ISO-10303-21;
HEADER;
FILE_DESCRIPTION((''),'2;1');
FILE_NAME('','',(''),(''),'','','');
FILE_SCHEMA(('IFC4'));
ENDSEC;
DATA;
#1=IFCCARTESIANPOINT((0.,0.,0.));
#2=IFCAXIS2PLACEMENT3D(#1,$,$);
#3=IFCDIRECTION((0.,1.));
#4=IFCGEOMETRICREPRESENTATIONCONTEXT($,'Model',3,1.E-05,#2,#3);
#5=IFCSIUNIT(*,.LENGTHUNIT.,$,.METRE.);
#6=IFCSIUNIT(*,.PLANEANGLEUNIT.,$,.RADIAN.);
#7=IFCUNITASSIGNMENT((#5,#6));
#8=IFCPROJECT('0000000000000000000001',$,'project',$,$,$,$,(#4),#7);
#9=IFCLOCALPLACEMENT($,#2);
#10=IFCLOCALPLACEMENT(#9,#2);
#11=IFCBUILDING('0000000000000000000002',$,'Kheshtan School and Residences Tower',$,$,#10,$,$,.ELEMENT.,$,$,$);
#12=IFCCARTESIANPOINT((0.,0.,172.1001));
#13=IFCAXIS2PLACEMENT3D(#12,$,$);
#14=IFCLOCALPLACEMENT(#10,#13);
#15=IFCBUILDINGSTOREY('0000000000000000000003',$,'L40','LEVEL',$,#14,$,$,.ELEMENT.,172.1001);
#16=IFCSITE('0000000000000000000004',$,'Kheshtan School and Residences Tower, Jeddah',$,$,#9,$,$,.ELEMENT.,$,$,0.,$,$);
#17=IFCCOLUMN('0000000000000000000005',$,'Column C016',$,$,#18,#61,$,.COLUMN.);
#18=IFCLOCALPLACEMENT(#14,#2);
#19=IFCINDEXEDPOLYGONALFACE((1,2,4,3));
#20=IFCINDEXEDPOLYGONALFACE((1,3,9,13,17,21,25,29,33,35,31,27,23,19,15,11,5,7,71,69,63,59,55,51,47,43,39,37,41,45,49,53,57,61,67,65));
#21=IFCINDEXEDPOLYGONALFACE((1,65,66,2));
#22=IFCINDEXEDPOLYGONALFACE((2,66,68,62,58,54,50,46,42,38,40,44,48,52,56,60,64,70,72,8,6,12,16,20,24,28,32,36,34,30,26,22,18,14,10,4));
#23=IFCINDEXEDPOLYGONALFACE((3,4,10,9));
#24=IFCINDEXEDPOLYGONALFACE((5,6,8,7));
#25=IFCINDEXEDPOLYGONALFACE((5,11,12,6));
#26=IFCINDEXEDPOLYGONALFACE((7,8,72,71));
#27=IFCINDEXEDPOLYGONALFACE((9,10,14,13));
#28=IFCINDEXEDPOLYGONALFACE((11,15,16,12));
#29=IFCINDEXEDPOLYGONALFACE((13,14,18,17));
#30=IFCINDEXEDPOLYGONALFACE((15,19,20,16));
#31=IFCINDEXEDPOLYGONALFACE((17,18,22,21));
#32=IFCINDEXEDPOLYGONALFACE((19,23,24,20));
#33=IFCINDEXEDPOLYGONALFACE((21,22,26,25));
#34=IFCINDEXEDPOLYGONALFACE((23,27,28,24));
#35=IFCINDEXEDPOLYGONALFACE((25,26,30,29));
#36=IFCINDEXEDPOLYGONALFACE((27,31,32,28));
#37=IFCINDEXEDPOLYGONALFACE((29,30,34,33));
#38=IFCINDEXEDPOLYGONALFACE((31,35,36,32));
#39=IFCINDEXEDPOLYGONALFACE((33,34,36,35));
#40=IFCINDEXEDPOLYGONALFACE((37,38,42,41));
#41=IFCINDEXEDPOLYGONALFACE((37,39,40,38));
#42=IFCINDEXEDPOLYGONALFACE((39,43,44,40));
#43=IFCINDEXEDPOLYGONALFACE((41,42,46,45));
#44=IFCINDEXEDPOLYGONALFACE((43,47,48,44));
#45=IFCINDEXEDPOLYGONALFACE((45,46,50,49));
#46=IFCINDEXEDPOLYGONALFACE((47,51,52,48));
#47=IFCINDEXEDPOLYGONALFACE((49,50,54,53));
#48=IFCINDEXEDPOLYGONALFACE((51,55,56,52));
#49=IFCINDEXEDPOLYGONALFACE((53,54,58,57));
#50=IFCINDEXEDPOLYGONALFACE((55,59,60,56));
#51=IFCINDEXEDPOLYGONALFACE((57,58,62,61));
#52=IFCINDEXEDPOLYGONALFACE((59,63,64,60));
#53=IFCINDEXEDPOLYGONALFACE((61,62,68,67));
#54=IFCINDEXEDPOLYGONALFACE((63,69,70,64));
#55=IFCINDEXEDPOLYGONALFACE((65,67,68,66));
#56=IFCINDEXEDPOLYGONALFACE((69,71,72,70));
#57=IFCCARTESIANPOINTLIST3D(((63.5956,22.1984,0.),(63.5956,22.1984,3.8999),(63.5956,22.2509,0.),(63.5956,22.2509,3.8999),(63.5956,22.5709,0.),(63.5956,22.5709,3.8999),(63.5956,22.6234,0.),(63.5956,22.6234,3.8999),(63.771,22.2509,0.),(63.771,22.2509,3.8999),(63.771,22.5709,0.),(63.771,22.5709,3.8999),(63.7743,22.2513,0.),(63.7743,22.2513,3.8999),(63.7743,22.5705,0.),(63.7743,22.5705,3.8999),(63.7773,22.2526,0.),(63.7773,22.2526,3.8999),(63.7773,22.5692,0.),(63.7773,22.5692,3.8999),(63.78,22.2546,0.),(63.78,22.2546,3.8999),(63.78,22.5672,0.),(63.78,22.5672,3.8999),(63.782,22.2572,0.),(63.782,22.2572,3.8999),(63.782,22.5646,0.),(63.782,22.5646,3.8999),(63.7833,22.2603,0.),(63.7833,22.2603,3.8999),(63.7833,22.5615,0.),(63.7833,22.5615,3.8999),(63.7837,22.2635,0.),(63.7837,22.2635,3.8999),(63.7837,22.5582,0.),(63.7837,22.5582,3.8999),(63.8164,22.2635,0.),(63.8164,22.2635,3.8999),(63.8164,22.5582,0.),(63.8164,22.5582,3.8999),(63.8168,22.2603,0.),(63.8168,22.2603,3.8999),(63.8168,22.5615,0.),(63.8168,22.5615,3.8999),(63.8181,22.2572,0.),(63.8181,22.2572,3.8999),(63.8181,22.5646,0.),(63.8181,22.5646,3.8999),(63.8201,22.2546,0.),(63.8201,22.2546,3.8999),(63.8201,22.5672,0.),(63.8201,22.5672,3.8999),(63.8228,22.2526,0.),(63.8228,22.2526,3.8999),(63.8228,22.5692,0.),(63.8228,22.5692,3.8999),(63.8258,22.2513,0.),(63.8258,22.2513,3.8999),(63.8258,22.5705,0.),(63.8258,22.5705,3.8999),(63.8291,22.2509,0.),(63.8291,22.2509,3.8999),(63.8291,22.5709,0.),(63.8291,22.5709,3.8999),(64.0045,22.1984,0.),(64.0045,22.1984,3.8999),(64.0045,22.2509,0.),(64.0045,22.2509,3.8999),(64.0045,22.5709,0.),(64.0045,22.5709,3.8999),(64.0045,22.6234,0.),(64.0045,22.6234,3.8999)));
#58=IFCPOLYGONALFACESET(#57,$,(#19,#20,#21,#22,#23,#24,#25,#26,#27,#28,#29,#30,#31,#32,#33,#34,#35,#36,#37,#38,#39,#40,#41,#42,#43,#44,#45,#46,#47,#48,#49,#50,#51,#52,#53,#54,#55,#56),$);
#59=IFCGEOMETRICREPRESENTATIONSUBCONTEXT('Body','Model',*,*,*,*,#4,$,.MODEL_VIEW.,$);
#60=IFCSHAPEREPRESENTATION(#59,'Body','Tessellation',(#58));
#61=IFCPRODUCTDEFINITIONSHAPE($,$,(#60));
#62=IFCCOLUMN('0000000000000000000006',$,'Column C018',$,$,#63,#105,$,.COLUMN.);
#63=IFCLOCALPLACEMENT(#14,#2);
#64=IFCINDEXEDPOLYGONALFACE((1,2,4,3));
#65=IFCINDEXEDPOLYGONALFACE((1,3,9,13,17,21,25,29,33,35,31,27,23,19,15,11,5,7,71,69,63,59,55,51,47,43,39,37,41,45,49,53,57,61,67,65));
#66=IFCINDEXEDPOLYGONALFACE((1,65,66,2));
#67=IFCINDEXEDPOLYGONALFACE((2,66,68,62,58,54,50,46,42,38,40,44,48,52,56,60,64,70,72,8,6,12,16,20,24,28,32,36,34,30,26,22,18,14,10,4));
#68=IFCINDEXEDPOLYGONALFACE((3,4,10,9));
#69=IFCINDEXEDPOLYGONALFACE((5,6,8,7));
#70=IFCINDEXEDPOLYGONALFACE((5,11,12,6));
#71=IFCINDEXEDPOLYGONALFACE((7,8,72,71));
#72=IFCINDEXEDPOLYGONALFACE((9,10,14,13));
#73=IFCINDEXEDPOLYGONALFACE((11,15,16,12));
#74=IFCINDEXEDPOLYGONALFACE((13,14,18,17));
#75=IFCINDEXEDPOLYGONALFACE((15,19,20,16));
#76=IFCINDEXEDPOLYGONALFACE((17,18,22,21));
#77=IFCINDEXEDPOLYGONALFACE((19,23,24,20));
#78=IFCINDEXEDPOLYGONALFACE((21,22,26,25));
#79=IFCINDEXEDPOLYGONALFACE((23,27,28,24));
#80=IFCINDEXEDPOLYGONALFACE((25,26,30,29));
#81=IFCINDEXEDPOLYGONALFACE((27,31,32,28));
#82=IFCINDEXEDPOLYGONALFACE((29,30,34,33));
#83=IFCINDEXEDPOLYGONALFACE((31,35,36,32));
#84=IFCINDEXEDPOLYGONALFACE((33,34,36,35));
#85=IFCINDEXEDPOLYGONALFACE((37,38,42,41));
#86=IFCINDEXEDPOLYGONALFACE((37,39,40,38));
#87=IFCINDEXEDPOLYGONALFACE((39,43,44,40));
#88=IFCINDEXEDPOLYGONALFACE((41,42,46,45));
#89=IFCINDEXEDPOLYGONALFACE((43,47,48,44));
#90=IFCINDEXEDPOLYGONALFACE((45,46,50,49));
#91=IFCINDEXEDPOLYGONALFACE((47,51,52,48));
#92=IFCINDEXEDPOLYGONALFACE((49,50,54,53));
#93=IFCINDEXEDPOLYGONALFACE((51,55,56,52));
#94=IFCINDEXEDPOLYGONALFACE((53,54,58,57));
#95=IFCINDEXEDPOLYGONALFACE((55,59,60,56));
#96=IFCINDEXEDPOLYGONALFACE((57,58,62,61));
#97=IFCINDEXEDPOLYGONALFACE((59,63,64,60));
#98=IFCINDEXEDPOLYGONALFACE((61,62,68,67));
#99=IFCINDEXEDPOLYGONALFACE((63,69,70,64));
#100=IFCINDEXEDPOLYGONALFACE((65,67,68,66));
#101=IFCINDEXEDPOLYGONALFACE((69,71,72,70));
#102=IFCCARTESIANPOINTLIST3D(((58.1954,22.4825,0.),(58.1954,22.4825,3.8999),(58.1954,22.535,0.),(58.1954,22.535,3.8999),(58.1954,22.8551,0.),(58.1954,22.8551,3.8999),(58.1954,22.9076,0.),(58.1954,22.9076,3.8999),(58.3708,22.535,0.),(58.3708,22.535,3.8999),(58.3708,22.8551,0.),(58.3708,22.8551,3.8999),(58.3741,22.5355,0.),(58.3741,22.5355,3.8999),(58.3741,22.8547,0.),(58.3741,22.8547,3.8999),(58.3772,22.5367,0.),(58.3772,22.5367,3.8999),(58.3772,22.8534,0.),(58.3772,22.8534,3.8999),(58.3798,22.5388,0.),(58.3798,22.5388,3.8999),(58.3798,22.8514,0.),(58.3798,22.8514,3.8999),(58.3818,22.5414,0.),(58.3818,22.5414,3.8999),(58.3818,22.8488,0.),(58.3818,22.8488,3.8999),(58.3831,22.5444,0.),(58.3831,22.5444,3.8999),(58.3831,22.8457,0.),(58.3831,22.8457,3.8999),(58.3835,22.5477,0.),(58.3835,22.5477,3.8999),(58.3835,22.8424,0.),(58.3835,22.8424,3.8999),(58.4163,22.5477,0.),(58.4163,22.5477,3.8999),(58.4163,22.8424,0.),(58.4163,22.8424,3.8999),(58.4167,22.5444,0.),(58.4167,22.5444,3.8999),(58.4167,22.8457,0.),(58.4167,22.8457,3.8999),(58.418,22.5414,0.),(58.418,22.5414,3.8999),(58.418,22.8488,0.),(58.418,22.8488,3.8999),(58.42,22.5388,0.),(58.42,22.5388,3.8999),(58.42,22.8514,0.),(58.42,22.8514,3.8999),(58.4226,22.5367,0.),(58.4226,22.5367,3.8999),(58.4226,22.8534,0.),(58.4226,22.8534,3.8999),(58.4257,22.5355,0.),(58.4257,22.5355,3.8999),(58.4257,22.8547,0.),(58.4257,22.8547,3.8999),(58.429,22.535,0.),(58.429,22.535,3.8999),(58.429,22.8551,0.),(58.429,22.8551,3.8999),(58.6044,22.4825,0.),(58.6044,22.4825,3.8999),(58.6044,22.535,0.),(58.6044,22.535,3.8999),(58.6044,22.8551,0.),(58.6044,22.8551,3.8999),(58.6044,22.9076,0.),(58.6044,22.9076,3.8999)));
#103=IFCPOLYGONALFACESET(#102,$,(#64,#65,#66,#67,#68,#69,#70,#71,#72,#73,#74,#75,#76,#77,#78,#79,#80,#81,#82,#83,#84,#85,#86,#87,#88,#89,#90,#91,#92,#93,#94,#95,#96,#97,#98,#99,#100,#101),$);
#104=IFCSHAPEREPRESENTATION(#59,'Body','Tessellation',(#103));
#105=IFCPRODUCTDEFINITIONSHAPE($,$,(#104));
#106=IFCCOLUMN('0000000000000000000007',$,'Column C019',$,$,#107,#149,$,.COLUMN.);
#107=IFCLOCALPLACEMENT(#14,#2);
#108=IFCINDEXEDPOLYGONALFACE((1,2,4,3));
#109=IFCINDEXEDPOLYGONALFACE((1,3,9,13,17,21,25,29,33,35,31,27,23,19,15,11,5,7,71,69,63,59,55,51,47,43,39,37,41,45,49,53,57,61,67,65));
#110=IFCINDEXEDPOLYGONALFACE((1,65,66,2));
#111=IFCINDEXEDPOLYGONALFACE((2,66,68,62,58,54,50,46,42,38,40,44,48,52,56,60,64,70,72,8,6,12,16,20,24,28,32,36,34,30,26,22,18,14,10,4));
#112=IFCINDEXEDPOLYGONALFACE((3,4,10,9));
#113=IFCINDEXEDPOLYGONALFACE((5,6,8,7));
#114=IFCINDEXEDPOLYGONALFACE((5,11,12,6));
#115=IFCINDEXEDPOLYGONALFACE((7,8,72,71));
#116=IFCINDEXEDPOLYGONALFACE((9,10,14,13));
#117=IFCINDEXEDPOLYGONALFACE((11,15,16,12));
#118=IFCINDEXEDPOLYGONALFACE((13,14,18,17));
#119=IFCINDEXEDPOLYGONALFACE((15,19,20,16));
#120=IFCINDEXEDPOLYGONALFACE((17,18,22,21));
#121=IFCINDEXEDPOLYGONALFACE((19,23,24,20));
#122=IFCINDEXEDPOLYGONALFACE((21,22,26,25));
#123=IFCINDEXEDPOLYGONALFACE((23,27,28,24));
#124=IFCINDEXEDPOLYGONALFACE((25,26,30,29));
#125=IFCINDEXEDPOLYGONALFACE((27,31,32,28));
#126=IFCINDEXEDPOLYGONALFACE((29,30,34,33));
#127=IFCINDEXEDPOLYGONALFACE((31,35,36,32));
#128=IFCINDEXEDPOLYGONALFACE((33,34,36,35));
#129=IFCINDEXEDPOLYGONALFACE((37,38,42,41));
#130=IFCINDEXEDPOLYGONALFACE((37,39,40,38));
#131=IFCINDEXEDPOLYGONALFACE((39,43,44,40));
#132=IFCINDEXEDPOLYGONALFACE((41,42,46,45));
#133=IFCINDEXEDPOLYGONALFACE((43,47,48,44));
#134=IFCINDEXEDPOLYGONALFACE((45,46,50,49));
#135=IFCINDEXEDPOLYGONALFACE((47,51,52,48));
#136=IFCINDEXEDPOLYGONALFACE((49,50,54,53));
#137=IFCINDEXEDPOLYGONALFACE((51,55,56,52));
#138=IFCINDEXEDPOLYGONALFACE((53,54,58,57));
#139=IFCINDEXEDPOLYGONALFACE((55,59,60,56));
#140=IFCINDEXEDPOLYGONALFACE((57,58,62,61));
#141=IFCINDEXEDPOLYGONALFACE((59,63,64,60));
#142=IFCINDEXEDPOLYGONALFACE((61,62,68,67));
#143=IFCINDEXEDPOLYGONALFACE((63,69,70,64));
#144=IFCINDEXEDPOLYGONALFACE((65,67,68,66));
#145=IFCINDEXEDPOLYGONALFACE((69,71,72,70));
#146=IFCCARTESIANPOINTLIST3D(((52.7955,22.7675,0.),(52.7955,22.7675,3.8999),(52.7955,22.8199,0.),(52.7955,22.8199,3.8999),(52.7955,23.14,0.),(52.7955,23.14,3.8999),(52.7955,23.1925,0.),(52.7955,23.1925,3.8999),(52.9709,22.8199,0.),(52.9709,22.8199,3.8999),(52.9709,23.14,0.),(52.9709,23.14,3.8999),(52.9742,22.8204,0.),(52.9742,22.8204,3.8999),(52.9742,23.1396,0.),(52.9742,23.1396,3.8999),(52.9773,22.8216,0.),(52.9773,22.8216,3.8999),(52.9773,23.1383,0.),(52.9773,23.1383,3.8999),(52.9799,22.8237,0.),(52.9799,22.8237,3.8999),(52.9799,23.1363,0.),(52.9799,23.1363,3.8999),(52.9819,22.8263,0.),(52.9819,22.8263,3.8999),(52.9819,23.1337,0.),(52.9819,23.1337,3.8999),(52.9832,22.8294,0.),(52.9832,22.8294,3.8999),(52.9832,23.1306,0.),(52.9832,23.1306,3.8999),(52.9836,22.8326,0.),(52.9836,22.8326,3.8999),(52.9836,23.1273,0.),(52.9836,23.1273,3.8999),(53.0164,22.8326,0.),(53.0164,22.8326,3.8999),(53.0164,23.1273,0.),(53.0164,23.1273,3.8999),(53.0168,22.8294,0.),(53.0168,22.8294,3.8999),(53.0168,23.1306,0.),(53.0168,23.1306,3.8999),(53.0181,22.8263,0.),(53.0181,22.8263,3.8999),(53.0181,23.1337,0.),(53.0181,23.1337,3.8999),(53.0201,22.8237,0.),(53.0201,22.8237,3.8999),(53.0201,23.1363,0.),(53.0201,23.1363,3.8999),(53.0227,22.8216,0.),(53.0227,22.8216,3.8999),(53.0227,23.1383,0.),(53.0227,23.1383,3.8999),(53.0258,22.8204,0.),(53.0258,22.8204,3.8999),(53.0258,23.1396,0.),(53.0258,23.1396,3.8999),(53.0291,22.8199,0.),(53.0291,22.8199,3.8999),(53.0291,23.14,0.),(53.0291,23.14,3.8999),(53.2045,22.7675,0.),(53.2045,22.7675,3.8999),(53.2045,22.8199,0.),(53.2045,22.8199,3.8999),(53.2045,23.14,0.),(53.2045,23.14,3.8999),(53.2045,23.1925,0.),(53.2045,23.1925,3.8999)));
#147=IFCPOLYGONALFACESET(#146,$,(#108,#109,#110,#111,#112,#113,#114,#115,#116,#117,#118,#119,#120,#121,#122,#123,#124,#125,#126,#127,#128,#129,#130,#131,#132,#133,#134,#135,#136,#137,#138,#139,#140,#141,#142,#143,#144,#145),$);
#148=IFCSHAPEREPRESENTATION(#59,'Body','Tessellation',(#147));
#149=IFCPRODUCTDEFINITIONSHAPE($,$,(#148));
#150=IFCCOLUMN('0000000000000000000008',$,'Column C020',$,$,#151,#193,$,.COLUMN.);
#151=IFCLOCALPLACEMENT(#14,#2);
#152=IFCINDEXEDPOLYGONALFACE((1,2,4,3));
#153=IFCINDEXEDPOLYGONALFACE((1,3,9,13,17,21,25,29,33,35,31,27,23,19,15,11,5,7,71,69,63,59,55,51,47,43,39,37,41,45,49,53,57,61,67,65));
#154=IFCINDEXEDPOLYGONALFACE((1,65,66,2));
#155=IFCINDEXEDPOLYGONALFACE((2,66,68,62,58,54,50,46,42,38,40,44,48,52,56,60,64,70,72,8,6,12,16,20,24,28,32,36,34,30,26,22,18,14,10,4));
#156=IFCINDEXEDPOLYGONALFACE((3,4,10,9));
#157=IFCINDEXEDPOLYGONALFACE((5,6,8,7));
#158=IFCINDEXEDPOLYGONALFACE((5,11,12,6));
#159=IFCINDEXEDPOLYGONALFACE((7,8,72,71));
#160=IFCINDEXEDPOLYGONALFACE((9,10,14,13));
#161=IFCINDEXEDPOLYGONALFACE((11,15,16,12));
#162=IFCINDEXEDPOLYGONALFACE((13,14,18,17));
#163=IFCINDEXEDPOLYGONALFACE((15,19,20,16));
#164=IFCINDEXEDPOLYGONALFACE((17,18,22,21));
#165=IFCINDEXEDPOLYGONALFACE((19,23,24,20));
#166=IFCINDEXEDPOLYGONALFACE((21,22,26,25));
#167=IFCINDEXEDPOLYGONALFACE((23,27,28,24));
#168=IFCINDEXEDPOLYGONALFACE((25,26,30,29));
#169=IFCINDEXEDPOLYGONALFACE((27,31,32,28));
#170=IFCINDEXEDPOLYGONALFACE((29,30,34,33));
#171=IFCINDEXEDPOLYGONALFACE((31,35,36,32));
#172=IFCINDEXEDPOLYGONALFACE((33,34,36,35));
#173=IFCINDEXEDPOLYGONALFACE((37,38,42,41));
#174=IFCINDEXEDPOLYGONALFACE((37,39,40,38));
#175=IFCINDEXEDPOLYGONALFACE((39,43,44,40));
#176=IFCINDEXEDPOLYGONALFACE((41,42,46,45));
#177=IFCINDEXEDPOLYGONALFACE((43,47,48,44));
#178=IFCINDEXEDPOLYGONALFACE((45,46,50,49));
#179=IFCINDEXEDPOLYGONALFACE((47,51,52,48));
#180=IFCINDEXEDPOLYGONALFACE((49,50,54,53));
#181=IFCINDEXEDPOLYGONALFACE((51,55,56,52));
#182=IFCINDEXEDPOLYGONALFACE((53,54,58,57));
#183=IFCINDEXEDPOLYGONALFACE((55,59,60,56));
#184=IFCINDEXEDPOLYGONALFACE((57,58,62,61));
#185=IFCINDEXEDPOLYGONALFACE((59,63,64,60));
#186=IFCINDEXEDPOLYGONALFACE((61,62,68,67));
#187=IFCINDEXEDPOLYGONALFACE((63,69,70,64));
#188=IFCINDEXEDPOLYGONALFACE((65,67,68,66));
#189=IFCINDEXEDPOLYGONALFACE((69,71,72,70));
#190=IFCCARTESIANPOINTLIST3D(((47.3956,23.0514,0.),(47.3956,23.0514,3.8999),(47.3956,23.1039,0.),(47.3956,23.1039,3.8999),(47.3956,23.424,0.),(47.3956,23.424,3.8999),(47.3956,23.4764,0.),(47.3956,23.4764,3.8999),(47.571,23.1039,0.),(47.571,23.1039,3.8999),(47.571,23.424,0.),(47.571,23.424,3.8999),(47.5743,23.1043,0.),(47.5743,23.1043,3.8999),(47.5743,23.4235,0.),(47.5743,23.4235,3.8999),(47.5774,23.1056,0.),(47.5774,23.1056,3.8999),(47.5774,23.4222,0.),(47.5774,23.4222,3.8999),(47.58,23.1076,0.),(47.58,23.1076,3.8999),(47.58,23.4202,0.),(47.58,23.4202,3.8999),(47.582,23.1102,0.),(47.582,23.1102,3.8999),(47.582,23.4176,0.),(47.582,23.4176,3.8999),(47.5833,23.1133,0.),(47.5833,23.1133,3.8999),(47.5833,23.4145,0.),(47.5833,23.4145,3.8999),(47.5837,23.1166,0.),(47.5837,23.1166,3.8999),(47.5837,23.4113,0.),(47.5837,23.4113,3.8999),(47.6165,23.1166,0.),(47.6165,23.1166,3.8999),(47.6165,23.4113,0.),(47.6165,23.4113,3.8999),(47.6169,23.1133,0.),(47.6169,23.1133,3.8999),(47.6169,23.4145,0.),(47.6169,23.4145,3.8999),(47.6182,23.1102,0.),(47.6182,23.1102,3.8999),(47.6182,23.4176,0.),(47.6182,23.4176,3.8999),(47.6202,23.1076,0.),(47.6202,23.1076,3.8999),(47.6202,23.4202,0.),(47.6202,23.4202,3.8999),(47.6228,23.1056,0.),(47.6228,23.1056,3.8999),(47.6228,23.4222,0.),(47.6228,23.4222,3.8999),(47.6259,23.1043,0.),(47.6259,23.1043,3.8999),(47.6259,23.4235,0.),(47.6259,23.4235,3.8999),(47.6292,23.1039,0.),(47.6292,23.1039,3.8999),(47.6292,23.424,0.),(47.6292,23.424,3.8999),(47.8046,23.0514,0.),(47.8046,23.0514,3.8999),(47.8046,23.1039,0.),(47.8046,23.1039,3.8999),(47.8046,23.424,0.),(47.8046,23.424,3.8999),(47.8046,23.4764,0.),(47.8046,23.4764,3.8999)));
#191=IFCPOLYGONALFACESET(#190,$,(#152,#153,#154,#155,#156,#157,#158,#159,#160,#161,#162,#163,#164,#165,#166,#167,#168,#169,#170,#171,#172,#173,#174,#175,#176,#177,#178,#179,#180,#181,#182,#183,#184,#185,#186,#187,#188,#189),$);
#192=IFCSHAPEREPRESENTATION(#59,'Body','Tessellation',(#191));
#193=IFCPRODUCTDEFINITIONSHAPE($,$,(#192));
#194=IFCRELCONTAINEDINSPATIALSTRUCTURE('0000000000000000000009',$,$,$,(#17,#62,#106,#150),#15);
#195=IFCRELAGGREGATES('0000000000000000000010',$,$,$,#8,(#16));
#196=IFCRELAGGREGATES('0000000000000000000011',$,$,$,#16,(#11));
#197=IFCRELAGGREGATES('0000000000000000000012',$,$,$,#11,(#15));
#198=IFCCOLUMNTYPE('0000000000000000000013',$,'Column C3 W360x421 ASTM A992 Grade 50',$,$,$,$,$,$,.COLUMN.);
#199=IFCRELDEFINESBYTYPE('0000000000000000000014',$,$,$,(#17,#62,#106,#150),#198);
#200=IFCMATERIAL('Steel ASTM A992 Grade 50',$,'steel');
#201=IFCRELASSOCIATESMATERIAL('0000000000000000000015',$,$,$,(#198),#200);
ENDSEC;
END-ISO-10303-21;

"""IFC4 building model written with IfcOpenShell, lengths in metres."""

from ifc_helpers import new_model, si_unit, direction, frame, origin, origin_2d, place, context, subcontext, project, spatial, i_section, extrude, material, material_profile, profile_set, type_object, element, save


model = new_model("IFC4")

# Units and contexts
model_context = context("Model", 3, precision=1e-05, world=origin(), true_north=direction((0.0, 1.0)))
body_context = subcontext(model_context, "Body", "Model", "MODEL_VIEW")
ifc_project = project(units=[si_unit("LENGTHUNIT", "METRE"), si_unit("PLANEANGLEUNIT", "RADIAN")], contexts=[model_context])

# Site, building, storey
site_placement = place(None, origin())
site = spatial("IfcSite", under=ifc_project, at=site_placement, Name="Kheshtan School and Residences Tower, Jeddah", CompositionType="ELEMENT", RefElevation=0.0)
building_placement = place(site_placement, origin())
building = spatial("IfcBuilding", under=site, at=building_placement, Name="Kheshtan School and Residences Tower", CompositionType="ELEMENT")
storey_placement = place(building_placement, frame((0.0, 0.0, 172.1001)))
storey = spatial("IfcBuildingStorey", under=building, at=storey_placement, Name="L40", Description="LEVEL", CompositionType="ELEMENT", Elevation=172.1001)

# Columns
ifc_material_1 = material(Name="Steel ASTM A992 Grade 50", Category="steel")
ifc_material_profile_1 = material_profile(ifc_material_1, i_section(OverallWidth=0.4089, OverallDepth=0.425, WebThickness=0.0327, FlangeThickness=0.0525, FilletRadius=0.0127, at=origin_2d()), Name="W360x421")
ifc_profile_set_1 = profile_set([ifc_material_profile_1], Name="Steel ASTM A992 Grade 50")
column_type = type_object("IfcColumnType", Name="Column C3 W360x421 ASTM A992 Grade 50", PredefinedType="COLUMN", material=ifc_profile_set_1)
for number, where, z_axis, x_axis, name in (
    (1, (63.8, 22.4109, 0.0), (0.0, 0.0, 1.0), (1.0, 0.0, 0.0), "Column C016"),
    (2, (58.3999, 22.6951, 0.0), (0.0, 0.0, 1.0), (1.0, 0.0, 0.0), "Column C018"),
    (3, (53.0, 22.98, 0.0), (0.0, 0.0, 1.0), (1.0, 0.0, 0.0), "Column C019"),
    (4, (47.6001, 23.2639, 0.0), (0.0, 0.0, 1.0), (1.0, 0.0, 0.0), "Column C020"),
):
    element("IfcColumn", number, at=place(storey_placement, frame(where, z_axis=z_axis, x_axis=x_axis)), inside=storey, type_object=column_type, Name=name, PredefinedType="COLUMN", context=body_context, shape_type="SweptSolid", body=[
        extrude(i_section(OverallWidth=0.4089, OverallDepth=0.425, WebThickness=0.0327, FlangeThickness=0.0525, FilletRadius=0.0127, at=origin_2d()), origin(), (0.0, 0.0, 1.0), 3.8999),
    ])

save(model, "model.ifc")
